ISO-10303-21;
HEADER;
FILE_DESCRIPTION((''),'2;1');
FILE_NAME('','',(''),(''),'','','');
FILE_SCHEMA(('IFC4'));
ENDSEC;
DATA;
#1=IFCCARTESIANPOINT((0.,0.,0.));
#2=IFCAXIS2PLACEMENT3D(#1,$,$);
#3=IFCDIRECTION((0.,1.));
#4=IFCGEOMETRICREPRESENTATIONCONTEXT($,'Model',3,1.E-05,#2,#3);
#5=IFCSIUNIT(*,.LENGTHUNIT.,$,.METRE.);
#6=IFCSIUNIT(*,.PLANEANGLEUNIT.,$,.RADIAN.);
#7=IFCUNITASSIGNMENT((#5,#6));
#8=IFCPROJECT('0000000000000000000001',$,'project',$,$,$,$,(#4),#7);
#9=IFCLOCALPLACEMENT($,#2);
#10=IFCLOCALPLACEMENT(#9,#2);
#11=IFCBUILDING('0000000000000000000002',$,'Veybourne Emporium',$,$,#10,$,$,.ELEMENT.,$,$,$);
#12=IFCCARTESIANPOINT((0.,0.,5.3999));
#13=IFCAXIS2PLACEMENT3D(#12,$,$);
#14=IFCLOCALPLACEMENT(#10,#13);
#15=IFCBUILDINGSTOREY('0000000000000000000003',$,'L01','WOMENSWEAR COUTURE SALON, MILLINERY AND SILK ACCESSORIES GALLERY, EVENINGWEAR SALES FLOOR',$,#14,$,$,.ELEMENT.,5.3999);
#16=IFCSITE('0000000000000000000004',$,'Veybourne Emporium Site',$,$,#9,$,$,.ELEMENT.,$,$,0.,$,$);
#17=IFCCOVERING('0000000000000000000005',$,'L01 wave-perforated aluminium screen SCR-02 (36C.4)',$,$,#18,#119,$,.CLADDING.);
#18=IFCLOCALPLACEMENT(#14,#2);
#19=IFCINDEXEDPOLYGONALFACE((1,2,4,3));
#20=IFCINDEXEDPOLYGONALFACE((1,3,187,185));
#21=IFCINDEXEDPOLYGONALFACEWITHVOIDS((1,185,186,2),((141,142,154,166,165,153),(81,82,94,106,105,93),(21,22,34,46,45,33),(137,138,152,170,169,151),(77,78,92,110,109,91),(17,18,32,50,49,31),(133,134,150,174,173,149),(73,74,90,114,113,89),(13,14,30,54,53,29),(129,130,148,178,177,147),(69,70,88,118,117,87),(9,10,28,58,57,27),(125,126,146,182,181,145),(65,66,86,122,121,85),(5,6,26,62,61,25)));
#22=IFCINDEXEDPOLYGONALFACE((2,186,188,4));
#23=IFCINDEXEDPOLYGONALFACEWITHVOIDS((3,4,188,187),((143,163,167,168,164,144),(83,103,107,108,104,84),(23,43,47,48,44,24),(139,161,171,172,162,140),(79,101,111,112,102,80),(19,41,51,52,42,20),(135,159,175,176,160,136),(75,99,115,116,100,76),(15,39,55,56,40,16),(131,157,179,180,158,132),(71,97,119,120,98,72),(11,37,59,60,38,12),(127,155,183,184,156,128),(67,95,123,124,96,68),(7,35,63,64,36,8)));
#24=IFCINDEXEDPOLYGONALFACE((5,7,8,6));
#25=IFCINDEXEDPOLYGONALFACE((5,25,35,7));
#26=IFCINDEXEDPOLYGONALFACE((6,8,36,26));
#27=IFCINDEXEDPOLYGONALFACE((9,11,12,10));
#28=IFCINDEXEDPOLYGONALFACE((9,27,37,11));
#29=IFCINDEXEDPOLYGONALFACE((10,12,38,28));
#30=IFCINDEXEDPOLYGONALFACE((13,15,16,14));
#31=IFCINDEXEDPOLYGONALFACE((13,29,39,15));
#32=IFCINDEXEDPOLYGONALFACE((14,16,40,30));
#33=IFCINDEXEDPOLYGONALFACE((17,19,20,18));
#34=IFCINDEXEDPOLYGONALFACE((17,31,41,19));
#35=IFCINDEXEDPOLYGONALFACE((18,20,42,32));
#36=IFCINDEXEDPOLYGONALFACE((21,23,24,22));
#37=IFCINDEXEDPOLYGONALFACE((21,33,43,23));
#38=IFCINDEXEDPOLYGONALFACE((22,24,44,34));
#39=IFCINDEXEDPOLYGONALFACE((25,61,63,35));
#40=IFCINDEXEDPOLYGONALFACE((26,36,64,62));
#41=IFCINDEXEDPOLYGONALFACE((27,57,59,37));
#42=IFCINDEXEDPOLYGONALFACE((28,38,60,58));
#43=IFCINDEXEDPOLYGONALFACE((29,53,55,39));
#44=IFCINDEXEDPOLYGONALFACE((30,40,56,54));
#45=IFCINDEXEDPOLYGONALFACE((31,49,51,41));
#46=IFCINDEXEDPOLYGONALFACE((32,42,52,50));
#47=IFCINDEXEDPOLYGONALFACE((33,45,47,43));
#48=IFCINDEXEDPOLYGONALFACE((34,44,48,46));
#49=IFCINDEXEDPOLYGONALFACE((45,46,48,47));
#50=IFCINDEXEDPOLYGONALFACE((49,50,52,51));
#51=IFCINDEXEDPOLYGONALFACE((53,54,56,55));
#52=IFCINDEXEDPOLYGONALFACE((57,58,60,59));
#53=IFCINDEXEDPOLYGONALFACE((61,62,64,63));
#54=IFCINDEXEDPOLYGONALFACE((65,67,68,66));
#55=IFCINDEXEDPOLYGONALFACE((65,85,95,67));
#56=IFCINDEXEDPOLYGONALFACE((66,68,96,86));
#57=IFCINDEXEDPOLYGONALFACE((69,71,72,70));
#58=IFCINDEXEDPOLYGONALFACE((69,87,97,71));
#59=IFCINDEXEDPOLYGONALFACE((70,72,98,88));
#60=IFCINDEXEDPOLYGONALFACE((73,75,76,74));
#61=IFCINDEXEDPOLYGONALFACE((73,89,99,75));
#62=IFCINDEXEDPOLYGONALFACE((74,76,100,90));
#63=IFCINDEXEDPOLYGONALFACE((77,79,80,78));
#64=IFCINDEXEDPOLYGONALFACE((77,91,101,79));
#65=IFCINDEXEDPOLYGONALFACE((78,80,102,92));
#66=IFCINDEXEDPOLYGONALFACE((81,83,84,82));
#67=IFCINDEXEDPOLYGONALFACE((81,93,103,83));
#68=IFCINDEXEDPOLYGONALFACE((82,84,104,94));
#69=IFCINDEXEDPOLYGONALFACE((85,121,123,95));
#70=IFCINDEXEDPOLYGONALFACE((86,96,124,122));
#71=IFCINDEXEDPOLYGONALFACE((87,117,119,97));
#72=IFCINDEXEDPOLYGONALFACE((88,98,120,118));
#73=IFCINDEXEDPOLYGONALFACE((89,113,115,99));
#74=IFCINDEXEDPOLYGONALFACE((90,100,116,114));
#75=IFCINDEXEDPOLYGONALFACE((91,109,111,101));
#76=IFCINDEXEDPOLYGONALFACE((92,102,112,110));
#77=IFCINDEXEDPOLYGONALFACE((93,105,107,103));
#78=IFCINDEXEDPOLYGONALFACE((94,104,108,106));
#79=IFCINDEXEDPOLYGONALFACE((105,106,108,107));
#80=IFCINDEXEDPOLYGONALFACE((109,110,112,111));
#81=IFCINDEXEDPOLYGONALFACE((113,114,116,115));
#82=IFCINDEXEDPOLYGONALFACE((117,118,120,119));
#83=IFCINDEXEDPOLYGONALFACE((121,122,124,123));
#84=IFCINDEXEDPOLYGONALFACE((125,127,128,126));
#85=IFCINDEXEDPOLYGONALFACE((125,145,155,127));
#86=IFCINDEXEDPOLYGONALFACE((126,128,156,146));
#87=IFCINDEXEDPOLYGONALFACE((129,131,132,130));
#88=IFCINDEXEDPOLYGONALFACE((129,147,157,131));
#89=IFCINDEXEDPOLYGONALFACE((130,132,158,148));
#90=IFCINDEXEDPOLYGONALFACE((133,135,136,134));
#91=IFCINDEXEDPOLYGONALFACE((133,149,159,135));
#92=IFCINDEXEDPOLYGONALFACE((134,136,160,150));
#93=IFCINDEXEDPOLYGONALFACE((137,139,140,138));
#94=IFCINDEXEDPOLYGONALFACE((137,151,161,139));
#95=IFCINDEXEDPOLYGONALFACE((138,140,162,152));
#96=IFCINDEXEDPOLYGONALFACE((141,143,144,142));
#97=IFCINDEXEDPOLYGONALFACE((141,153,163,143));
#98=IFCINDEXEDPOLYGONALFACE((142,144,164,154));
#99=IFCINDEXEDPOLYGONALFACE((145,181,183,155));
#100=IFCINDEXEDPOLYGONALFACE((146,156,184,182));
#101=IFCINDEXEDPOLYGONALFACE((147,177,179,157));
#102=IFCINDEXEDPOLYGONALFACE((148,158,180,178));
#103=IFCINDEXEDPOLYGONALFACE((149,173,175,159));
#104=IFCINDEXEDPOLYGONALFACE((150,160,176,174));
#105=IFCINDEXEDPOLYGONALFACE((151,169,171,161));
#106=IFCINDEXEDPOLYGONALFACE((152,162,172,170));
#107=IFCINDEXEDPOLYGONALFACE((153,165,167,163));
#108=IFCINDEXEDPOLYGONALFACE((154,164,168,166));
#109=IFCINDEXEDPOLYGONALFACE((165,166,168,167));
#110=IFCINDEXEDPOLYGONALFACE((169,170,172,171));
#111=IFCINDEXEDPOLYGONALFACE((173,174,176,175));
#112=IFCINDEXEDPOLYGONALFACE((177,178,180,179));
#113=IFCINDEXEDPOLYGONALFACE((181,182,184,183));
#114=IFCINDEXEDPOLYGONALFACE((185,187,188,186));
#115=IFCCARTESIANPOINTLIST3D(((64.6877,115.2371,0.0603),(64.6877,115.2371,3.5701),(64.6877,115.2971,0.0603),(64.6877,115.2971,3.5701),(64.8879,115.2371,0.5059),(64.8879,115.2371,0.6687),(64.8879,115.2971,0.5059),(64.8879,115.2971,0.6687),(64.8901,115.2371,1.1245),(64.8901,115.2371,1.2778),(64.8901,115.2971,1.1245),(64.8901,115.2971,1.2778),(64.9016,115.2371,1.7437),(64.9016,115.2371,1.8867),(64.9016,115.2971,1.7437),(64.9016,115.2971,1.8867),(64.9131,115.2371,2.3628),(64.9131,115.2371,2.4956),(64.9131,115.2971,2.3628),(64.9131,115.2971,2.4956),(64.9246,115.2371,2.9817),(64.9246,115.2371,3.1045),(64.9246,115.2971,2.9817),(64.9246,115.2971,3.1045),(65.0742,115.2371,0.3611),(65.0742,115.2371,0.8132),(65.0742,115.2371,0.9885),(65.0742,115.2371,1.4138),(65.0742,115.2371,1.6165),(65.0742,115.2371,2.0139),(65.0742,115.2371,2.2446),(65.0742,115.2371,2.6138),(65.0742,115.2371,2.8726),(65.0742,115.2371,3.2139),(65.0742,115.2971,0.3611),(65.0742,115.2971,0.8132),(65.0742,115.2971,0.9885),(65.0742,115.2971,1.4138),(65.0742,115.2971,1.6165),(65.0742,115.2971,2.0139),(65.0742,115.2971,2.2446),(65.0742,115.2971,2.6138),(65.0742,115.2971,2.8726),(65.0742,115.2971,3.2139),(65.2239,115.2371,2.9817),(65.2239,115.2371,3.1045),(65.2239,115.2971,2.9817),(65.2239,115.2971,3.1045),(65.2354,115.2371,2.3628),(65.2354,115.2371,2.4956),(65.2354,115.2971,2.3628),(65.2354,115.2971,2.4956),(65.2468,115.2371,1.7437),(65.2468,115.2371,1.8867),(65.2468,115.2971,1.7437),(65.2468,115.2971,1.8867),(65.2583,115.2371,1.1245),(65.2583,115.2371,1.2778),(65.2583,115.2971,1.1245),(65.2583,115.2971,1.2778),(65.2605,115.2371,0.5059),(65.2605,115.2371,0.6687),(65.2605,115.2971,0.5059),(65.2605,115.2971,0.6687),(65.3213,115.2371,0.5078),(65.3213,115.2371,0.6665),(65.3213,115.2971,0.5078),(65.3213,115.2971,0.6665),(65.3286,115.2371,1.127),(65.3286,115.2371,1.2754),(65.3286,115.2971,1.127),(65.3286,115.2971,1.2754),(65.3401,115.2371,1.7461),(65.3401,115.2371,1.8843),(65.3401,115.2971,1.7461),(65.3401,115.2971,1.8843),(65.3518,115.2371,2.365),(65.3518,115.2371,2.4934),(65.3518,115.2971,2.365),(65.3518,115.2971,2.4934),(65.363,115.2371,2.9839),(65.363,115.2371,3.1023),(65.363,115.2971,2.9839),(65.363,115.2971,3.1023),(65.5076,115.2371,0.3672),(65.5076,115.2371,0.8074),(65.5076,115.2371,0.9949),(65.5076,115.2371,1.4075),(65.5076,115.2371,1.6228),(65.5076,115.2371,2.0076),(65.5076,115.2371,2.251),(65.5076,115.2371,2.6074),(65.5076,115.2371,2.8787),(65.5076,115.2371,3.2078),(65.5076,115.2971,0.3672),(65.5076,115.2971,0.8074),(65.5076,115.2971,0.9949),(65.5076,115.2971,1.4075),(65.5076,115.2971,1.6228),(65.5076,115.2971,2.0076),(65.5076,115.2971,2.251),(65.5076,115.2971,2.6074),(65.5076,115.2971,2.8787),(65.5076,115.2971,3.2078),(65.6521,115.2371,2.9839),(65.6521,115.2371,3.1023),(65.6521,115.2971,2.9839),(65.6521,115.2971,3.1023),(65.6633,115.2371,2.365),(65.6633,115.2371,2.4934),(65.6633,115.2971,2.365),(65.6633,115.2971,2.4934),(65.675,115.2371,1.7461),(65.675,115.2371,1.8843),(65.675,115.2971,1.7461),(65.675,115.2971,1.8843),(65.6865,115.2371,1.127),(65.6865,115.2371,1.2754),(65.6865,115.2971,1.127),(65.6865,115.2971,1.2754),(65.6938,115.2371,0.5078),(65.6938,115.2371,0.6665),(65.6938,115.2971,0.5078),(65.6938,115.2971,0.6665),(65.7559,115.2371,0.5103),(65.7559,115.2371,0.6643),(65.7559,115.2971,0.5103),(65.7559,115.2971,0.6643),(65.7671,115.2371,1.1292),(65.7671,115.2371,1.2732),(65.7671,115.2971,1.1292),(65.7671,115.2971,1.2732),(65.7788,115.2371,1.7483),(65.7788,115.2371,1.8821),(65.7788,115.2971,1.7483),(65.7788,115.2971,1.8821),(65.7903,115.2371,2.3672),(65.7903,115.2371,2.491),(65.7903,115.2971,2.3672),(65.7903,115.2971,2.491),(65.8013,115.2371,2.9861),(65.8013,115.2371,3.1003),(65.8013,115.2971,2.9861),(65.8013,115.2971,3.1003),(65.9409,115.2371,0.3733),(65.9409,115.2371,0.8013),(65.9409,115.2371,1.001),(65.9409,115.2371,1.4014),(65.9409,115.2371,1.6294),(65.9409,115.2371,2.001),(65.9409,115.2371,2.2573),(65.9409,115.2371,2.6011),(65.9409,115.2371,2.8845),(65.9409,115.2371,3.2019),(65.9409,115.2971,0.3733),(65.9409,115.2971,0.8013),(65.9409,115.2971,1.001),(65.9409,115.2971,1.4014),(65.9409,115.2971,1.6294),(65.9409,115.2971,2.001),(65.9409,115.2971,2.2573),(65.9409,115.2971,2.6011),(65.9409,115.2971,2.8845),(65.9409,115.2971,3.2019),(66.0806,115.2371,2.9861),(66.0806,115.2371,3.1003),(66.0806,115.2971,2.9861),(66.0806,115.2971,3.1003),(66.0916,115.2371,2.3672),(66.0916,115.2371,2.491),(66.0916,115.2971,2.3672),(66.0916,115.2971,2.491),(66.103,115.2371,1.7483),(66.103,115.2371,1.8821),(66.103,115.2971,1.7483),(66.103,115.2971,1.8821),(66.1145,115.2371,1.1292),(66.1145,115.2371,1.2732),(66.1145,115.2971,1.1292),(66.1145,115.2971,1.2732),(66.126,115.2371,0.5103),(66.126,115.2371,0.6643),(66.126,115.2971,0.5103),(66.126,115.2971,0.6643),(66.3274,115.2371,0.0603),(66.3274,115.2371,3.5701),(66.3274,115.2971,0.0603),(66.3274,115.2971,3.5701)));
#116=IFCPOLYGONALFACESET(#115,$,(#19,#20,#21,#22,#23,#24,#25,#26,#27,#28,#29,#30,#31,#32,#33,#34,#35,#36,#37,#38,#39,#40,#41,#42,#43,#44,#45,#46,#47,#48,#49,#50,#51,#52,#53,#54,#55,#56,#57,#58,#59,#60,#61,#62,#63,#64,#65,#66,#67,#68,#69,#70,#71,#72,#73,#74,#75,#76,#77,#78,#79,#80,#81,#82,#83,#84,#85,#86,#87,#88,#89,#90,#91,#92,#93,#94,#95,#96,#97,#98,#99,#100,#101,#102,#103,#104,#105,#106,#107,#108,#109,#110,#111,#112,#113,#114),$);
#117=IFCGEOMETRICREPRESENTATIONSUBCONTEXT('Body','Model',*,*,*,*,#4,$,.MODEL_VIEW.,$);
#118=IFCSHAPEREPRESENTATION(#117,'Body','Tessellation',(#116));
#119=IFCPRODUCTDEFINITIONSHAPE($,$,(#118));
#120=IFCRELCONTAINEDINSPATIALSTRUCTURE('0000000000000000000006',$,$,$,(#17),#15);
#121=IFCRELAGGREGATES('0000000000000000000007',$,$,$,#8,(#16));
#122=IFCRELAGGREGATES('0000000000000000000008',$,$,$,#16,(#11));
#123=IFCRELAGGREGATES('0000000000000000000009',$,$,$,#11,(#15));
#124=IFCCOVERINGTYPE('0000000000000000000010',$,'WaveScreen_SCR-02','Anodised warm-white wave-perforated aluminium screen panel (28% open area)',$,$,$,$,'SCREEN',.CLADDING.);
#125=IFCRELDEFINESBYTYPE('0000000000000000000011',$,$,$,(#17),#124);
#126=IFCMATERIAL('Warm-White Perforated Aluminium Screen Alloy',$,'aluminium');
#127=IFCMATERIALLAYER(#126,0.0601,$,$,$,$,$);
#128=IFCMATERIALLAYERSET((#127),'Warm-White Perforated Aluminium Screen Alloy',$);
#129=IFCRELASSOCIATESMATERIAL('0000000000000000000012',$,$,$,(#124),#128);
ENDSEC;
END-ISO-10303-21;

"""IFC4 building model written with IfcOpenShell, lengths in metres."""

from ifc_helpers import new_model, si_unit, direction, frame, origin, place, context, subcontext, project, spatial, polyline, outline, extrude, material, layer, layer_set, type_object, element, save


model = new_model("IFC4")

# Units and contexts
model_context = context("Model", 3, precision=1e-05, world=origin(), true_north=direction((0.0, 1.0)))
body_context = subcontext(model_context, "Body", "Model", "MODEL_VIEW")
ifc_project = project(units=[si_unit("LENGTHUNIT", "METRE"), si_unit("PLANEANGLEUNIT", "RADIAN")], contexts=[model_context])

# Site, building, storey
site_placement = place(None, origin())
site = spatial("IfcSite", under=ifc_project, at=site_placement, Name="Veybourne Emporium Site", CompositionType="ELEMENT", RefElevation=0.0)
building_placement = place(site_placement, origin())
building = spatial("IfcBuilding", under=site, at=building_placement, Name="Veybourne Emporium", CompositionType="ELEMENT")
storey_placement = place(building_placement, frame((0.0, 0.0, 5.3999)))
storey = spatial("IfcBuildingStorey", under=building, at=storey_placement, Name="L01", Description="WOMENSWEAR COUTURE SALON, MILLINERY AND SILK ACCESSORIES GALLERY, EVENINGWEAR SALES FLOOR", CompositionType="ELEMENT", Elevation=5.3999)

# Covering
ifc_material_1 = material(Name="Warm-White Perforated Aluminium Screen Alloy", Category="aluminium")
ifc_layer_1 = layer(ifc_material_1, 0.0601)
ifc_layer_set_1 = layer_set([ifc_layer_1], Name="Warm-White Perforated Aluminium Screen Alloy")
covering_type_1 = type_object("IfcCoveringType", Name="WaveScreen_SCR-02", Description="Anodised warm-white wave-perforated aluminium screen panel (28% open area)", ElementType="SCREEN", PredefinedType="CLADDING", material=ifc_layer_set_1)
covering_1_placement = place(storey_placement, frame((65.5076, 115.2971, 1.8152), z_axis=(0.0, -1.0, 0.0), x_axis=(1.0, 0.0, 0.0)))
element("IfcCovering", 1, at=covering_1_placement, inside=storey, type_object=covering_type_1, Name="L01 wave-perforated aluminium screen SCR-02 (36C.4)", PredefinedType="CLADDING", context=body_context, shape_type="SweptSolid", body=[
    extrude(outline(polyline([(-0.8198, -1.7549), (0.8198, -1.7549), (0.8198, 1.7549), (-0.8198, 1.7549), (-0.8198, -1.7549)]), holes=[polyline([(-0.4333, -1.002), (-0.2471, -1.1465), (-0.2471, -1.3093), (-0.4333, -1.4541), (-0.6196, -1.3093), (-0.6196, -1.1465), (-0.4333, -1.002)]), polyline([(-0.4333, -0.4014), (-0.2493, -0.5374), (-0.2493, -0.6907), (-0.4333, -0.8267), (-0.6174, -0.6907), (-0.6174, -0.5374), (-0.4333, -0.4014)]), polyline([(-0.4333, 0.1987), (-0.2607, 0.0715), (-0.2607, -0.0715), (-0.4333, -0.1987), (-0.606, -0.0715), (-0.606, 0.0715), (-0.4333, 0.1987)]), polyline([(-0.4333, 0.7986), (-0.2722, 0.6804), (-0.2722, 0.5476), (-0.4333, 0.4294), (-0.5945, 0.5476), (-0.5945, 0.6804), (-0.4333, 0.7986)]), polyline([(-0.4333, 1.3987), (-0.2837, 1.2893), (-0.2837, 1.1665), (-0.4333, 1.0574), (-0.583, 1.1665), (-0.583, 1.2893), (-0.4333, 1.3987)]), polyline([(0.0, -1.0078), (0.1863, -1.1487), (0.1863, -1.3074), (0.0, -1.448), (-0.1863, -1.3074), (-0.1863, -1.1487), (0.0, -1.0078)]), polyline([(0.0, -0.4077), (0.179, -0.5398), (0.179, -0.6882), (0.0, -0.8203), (-0.179, -0.6882), (-0.179, -0.5398), (0.0, -0.4077)]), polyline([(0.0, 0.1924), (0.1675, 0.0691), (0.1675, -0.0691), (0.0, -0.1924), (-0.1675, -0.0691), (-0.1675, 0.0691), (0.0, 0.1924)]), polyline([(0.0, 0.7922), (0.1558, 0.6782), (0.1558, 0.5498), (0.0, 0.4358), (-0.1558, 0.5498), (-0.1558, 0.6782), (0.0, 0.7922)]), polyline([(0.0, 1.3926), (0.1445, 1.2871), (0.1445, 1.1687), (0.0, 1.0635), (-0.1445, 1.1687), (-0.1445, 1.2871), (0.0, 1.3926)]), polyline([(0.4333, -1.0139), (0.6184, -1.1509), (0.6184, -1.3049), (0.4333, -1.4419), (0.2483, -1.3049), (0.2483, -1.1509), (0.4333, -1.0139)]), polyline([(0.4333, -0.4138), (0.6069, -0.542), (0.6069, -0.686), (0.4333, -0.8142), (0.2595, -0.686), (0.2595, -0.542), (0.4333, -0.4138)]), polyline([(0.4333, 0.1858), (0.5955, 0.0669), (0.5955, -0.0669), (0.4333, -0.1858), (0.2712, -0.0669), (0.2712, 0.0669), (0.4333, 0.1858)]), polyline([(0.4333, 0.7859), (0.584, 0.6758), (0.584, 0.552), (0.4333, 0.4421), (0.2827, 0.552), (0.2827, 0.6758), (0.4333, 0.7859)]), polyline([(0.4333, 1.3867), (0.573, 1.2852), (0.573, 1.1709), (0.4333, 1.0693), (0.2937, 1.1709), (0.2937, 1.2852), (0.4333, 1.3867)])]), origin(), (0.0, 0.0, 1.0), 0.0601),
])

save(model, "model.ifc")
